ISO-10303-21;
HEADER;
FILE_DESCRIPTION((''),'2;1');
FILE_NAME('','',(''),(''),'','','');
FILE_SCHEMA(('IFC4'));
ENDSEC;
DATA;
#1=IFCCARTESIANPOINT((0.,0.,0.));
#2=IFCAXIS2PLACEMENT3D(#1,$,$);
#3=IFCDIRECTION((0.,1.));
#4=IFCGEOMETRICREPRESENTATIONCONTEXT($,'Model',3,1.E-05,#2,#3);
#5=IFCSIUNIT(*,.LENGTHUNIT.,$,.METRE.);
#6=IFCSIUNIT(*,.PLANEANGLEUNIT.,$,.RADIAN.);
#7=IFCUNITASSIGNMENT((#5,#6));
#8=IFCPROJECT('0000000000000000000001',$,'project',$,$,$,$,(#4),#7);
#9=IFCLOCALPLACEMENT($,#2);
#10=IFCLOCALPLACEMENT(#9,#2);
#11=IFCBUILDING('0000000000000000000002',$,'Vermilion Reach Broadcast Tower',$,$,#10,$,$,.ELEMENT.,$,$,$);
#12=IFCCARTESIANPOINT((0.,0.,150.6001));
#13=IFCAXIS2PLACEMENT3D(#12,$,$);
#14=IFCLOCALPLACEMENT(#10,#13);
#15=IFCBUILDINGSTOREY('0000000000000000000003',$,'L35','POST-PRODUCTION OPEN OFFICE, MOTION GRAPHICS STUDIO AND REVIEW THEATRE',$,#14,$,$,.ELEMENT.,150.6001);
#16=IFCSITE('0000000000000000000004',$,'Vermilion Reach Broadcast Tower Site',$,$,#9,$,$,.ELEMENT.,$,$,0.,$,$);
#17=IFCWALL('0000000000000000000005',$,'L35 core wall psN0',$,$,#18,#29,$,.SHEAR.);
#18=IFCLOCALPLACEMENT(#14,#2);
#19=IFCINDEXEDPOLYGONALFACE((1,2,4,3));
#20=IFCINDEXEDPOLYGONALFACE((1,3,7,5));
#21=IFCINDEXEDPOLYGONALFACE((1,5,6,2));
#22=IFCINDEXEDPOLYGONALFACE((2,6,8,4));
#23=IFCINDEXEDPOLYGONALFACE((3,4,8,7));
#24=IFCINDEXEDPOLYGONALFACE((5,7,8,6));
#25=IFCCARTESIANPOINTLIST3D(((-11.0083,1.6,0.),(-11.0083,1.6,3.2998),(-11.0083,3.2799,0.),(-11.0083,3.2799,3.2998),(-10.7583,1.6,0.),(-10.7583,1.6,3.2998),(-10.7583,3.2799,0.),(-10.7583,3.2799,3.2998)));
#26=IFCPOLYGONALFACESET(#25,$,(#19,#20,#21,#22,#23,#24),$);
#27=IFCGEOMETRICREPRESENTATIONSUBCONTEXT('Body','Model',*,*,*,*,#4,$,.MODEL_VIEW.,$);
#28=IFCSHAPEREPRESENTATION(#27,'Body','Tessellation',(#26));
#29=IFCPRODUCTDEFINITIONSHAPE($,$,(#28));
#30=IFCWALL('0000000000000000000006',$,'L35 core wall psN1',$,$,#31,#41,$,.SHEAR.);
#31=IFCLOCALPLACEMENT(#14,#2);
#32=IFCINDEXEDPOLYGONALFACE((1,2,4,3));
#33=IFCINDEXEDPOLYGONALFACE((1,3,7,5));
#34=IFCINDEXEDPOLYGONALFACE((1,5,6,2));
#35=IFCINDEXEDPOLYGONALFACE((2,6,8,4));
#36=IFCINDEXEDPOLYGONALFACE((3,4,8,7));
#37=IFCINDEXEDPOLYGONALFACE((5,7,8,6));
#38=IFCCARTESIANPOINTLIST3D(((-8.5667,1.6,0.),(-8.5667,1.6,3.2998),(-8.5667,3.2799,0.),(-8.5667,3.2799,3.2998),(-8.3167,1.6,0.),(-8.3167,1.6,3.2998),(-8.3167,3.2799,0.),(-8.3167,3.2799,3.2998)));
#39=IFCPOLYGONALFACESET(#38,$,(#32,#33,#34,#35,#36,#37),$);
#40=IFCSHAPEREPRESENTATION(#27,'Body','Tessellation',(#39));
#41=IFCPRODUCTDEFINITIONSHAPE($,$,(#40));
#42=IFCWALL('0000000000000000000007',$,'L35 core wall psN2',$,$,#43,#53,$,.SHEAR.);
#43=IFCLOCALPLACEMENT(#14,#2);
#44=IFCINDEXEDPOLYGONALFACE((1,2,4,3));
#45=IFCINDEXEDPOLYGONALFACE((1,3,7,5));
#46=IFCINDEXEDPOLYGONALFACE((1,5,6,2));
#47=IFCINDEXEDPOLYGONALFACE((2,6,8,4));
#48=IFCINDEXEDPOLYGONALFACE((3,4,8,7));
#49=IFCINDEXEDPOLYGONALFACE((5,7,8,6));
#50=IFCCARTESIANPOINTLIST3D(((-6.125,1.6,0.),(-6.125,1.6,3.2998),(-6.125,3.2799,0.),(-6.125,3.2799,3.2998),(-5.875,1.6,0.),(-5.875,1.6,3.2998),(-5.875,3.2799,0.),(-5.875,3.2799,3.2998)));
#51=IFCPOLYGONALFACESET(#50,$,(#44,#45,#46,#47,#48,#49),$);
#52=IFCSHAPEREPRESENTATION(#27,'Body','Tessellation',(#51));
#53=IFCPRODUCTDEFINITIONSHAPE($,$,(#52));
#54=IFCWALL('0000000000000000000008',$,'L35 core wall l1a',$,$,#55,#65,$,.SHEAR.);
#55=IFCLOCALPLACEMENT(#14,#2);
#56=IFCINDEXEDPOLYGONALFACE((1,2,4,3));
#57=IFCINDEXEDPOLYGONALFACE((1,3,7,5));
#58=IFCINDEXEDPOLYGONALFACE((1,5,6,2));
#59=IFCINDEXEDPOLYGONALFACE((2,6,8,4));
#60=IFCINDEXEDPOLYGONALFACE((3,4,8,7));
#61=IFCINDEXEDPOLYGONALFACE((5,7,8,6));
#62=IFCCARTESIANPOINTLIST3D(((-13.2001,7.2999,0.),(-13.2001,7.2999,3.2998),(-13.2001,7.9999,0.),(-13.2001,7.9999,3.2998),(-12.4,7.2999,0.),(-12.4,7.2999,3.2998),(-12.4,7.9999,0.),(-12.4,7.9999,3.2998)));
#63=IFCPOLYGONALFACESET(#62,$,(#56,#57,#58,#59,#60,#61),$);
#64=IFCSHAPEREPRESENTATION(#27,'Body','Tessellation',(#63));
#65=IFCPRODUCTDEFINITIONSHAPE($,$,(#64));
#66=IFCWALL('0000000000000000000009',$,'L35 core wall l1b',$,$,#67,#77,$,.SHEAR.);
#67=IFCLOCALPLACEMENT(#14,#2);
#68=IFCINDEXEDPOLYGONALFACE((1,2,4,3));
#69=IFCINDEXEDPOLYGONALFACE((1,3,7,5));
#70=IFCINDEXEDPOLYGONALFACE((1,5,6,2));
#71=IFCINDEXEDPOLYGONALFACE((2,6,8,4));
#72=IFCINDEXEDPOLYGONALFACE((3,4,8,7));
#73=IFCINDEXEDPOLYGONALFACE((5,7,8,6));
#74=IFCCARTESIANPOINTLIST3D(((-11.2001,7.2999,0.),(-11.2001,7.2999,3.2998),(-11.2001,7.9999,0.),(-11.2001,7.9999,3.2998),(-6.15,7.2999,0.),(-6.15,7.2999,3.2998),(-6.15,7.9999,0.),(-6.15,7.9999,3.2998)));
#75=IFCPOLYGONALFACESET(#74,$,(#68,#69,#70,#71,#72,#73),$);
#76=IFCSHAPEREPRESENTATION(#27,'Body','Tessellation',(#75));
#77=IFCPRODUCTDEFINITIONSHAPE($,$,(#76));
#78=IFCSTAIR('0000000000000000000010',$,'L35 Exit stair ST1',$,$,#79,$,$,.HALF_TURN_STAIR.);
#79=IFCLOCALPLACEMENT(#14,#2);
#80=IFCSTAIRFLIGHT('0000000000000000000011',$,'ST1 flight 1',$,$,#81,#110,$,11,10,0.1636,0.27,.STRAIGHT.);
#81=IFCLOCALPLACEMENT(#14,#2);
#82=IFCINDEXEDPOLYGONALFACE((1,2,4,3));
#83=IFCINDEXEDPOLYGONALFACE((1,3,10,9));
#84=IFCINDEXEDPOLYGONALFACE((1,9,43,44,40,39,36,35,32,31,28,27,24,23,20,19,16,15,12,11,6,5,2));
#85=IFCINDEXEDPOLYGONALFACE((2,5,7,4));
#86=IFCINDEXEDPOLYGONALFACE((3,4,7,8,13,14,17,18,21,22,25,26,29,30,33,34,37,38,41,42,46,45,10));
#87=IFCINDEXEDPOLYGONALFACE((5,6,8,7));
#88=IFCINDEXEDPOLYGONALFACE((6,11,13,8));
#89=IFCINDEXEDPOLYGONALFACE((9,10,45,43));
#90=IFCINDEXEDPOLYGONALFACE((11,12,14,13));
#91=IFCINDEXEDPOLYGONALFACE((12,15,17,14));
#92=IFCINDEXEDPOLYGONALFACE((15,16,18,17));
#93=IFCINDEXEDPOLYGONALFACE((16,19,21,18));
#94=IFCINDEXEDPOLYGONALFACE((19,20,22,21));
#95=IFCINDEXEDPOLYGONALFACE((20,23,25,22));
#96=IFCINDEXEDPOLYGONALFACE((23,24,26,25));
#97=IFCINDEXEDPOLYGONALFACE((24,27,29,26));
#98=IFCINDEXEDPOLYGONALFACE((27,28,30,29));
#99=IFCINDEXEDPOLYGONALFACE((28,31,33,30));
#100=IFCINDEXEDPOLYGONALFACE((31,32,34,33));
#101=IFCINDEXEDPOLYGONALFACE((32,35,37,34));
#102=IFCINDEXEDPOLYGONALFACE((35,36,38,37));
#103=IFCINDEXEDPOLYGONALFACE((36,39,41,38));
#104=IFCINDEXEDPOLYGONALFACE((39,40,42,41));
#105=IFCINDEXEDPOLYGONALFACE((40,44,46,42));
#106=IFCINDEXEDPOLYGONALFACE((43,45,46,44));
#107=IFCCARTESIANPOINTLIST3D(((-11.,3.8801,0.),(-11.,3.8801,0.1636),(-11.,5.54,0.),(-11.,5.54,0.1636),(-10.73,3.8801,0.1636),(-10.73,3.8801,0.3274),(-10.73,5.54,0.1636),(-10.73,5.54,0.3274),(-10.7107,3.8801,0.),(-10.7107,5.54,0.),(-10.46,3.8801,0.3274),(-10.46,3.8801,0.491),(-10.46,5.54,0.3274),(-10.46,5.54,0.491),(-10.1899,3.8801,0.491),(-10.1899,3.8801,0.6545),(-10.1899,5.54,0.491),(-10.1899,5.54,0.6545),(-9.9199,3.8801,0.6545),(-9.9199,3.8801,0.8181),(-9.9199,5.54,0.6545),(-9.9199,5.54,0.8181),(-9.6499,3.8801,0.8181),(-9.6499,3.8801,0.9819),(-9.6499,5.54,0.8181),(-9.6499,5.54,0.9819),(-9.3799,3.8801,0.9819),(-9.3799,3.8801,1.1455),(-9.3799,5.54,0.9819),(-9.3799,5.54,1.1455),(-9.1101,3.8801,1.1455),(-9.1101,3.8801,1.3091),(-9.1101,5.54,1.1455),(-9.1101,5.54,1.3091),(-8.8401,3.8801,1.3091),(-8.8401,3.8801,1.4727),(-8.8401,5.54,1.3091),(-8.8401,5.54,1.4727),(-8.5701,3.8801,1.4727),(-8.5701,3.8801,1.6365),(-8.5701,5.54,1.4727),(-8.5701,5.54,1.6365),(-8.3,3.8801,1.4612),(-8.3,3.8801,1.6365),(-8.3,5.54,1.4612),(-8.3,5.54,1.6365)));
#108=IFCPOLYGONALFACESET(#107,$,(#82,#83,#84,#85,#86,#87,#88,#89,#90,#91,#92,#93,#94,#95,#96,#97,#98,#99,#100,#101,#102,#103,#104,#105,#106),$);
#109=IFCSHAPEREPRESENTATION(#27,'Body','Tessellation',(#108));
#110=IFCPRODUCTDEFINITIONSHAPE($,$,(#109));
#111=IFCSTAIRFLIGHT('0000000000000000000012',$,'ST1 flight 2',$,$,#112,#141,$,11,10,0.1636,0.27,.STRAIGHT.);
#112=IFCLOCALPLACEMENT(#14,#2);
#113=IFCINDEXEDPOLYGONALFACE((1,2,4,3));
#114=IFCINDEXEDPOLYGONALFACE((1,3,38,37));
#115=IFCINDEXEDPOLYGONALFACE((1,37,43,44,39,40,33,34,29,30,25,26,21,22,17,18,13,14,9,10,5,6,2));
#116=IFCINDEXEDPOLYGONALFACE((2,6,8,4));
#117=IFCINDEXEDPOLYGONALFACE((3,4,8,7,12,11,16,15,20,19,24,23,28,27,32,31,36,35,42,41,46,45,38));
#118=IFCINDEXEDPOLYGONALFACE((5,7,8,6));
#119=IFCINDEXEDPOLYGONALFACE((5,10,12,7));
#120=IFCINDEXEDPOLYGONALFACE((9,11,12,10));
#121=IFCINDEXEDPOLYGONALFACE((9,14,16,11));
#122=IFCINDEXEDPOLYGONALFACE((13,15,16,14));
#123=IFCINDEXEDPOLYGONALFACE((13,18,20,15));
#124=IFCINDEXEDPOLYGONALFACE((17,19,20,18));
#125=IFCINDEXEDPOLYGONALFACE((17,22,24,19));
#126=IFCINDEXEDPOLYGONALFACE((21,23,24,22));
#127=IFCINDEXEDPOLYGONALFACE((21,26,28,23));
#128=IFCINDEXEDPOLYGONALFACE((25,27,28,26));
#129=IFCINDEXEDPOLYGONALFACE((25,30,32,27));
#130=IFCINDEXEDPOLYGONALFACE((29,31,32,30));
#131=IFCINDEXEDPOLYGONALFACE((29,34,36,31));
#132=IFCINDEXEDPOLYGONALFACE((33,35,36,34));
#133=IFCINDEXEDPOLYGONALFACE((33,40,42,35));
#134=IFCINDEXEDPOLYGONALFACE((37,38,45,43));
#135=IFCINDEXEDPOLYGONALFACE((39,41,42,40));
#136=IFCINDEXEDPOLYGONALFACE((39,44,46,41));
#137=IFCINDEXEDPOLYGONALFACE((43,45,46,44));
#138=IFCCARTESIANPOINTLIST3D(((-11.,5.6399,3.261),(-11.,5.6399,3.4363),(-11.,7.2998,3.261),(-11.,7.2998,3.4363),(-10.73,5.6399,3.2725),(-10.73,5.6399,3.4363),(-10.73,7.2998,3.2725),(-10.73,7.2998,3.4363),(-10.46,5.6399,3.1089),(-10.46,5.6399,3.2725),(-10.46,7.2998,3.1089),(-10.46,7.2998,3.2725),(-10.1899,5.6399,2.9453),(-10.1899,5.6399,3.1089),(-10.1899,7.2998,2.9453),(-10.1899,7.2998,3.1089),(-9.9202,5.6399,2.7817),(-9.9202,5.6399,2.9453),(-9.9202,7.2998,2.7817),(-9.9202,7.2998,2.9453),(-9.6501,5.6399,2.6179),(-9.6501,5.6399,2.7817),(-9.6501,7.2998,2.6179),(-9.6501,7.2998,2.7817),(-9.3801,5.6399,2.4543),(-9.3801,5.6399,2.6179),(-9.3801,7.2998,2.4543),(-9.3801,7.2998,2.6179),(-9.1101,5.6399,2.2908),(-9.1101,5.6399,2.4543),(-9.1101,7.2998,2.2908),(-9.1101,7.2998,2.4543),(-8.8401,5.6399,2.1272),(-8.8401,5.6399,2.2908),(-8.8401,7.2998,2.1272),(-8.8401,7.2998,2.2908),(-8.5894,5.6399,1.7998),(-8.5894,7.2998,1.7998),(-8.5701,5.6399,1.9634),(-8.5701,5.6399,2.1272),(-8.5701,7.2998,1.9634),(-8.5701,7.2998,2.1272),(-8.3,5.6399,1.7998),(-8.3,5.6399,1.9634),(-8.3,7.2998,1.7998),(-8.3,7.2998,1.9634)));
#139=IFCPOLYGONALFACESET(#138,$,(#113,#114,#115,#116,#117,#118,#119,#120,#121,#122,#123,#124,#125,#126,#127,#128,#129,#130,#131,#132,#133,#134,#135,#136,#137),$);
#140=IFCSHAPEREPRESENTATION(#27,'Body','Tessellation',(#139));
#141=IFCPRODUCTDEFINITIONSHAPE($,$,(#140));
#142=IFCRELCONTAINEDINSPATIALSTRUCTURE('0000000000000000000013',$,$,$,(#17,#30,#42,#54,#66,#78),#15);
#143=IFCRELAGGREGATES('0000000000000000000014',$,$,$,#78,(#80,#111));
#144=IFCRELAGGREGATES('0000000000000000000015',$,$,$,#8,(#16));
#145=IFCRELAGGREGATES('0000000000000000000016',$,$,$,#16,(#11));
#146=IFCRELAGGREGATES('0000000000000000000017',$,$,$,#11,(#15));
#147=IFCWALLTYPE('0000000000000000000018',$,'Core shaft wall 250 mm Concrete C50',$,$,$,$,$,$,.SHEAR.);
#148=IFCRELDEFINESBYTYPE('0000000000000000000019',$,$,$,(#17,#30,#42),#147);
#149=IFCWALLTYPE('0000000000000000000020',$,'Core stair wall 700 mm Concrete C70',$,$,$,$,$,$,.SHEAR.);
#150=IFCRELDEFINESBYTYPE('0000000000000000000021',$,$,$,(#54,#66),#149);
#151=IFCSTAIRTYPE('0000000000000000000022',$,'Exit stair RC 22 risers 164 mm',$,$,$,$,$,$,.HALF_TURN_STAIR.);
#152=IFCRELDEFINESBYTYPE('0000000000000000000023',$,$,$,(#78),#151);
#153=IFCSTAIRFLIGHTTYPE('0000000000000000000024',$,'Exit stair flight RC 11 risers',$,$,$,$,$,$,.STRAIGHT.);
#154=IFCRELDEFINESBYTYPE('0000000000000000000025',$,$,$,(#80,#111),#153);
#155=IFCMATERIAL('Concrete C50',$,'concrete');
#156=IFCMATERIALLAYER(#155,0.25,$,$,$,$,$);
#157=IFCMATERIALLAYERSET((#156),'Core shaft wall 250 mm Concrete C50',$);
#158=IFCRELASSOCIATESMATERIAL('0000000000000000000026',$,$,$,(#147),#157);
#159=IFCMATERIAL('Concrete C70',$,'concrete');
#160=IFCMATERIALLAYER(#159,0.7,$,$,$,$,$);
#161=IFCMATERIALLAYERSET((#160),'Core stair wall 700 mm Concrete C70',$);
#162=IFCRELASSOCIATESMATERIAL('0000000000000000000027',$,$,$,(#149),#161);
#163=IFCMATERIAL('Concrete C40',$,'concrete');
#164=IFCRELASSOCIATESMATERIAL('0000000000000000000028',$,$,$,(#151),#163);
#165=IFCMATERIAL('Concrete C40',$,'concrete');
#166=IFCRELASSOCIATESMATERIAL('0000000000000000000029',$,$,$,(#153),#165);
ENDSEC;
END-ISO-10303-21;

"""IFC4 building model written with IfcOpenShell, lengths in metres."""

from ifc_helpers import new_model, si_unit, direction, frame, frame_2d, origin, place, context, subcontext, project, spatial, polyline, rectangle, outline, extrude, material, layer, layer_set, type_object, element, aggregate, save


model = new_model("IFC4")

# Units and contexts
model_context = context("Model", 3, precision=1e-05, world=origin(), true_north=direction((0.0, 1.0)))
body_context = subcontext(model_context, "Body", "Model", "MODEL_VIEW")
ifc_project = project(units=[si_unit("LENGTHUNIT", "METRE"), si_unit("PLANEANGLEUNIT", "RADIAN")], contexts=[model_context])

# Site, building, storey
site_placement = place(None, origin())
site = spatial("IfcSite", under=ifc_project, at=site_placement, Name="Vermilion Reach Broadcast Tower Site", CompositionType="ELEMENT", RefElevation=0.0)
building_placement = place(site_placement, origin())
building = spatial("IfcBuilding", under=site, at=building_placement, Name="Vermilion Reach Broadcast Tower", CompositionType="ELEMENT")
storey_placement = place(building_placement, frame((0.0, 0.0, 150.6001)))
storey = spatial("IfcBuildingStorey", under=building, at=storey_placement, Name="L35", Description="POST-PRODUCTION OPEN OFFICE, MOTION GRAPHICS STUDIO AND REVIEW THEATRE", CompositionType="ELEMENT", Elevation=150.6001)

# Walls
ifc_material_1 = material(Name="Concrete C50", Category="concrete")
ifc_layer_1 = layer(ifc_material_1, 0.25)
ifc_layer_set_1 = layer_set([ifc_layer_1], Name="Core shaft wall 250 mm Concrete C50")
wall_type_1 = type_object("IfcWallType", Name="Core shaft wall 250 mm Concrete C50", PredefinedType="SHEAR", material=ifc_layer_set_1)
for number, where, z_axis, x_axis, name in (
    (1, (-10.8833, 1.6001, 0.0), (0.0, 0.0, 1.0), (0.0, 1.0, 0.0), "L35 core wall psN0"),
    (2, (-8.4417, 1.6001, 0.0), (0.0, 0.0, 1.0), (0.0, 1.0, 0.0), "L35 core wall psN1"),
    (3, (-6.0, 1.6001, 0.0), (0.0, 0.0, 1.0), (0.0, 1.0, 0.0), "L35 core wall psN2"),
):
    element("IfcWall", number, at=place(storey_placement, frame(where, z_axis=z_axis, x_axis=x_axis)), inside=storey, type_object=wall_type_1, Name=name, PredefinedType="SHEAR", context=body_context, shape_type="SweptSolid", body=[
        extrude(rectangle(XDim=1.6799, YDim=0.25, at=frame_2d((0.8398, 0.0))), origin(), (0.0, 0.0, 1.0), 3.2998),
    ])
ifc_material_2 = material(Name="Concrete C70", Category="concrete")
ifc_layer_2 = layer(ifc_material_2, 0.7)
ifc_layer_set_2 = layer_set([ifc_layer_2], Name="Core stair wall 700 mm Concrete C70")
wall_type_2 = type_object("IfcWallType", Name="Core stair wall 700 mm Concrete C70", PredefinedType="SHEAR", material=ifc_layer_set_2)
wall_1_placement = place(storey_placement, frame((-13.2, 7.6499, 0.0), z_axis=(0.0, 0.0, 1.0), x_axis=(1.0, 0.0, 0.0)))
element("IfcWall", 4, at=wall_1_placement, inside=storey, type_object=wall_type_2, Name="L35 core wall l1a", PredefinedType="SHEAR", context=body_context, shape_type="SweptSolid", body=[
    extrude(rectangle(XDim=0.8, YDim=0.7, at=frame_2d((0.3999, 0.0))), origin(), (0.0, 0.0, 1.0), 3.2998),
])
wall_2_placement = place(storey_placement, frame((-11.2, 7.6499, 0.0), z_axis=(0.0, 0.0, 1.0), x_axis=(1.0, 0.0, 0.0)))
element("IfcWall", 5, at=wall_2_placement, inside=storey, type_object=wall_type_2, Name="L35 core wall l1b", PredefinedType="SHEAR", context=body_context, shape_type="SweptSolid", body=[
    extrude(rectangle(XDim=5.05, YDim=0.7, at=frame_2d((2.5249, 0.0))), origin(), (0.0, 0.0, 1.0), 3.2998),
])

# Stair, stair flights
ifc_material_3 = material(Name="Concrete C40", Category="concrete")
stair_type = type_object("IfcStairType", Name="Exit stair RC 22 risers 164 mm", PredefinedType="HALF_TURN_STAIR", material=ifc_material_3)
stair_placement = place(storey_placement, origin())
stair = element("IfcStair", 6, at=stair_placement, inside=storey, type_object=stair_type, Name="L35 Exit stair ST1", PredefinedType="HALF_TURN_STAIR")
ifc_material_4 = material(Name="Concrete C40", Category="concrete")
stair_flight_type = type_object("IfcStairFlightType", Name="Exit stair flight RC 11 risers", PredefinedType="STRAIGHT", material=ifc_material_4)
stair_flight_1_placement = place(storey_placement, frame((-11.0, 4.71, 0.0), z_axis=(0.0, 0.0, 1.0), x_axis=(1.0, 0.0, 0.0)))
stair_flight_1 = element("IfcStairFlight", 7, at=stair_flight_1_placement, type_object=stair_flight_type, Name="ST1 flight 1", NumberOfRisers=11, NumberOfTreads=10, PredefinedType="STRAIGHT", RiserHeight=0.1636, TreadLength=0.27, context=body_context, shape_type="SweptSolid", body=[
    extrude(outline(polyline([(0.0, 0.0), (0.0, 0.1636), (0.27, 0.1636), (0.27, 0.3274), (0.54, 0.3274), (0.54, 0.491), (0.8101, 0.491), (0.8101, 0.6545), (1.0801, 0.6545), (1.0801, 0.8181), (1.3501, 0.8181), (1.3501, 0.9819), (1.6201, 0.9819), (1.6201, 1.1455), (1.8899, 1.1455), (1.8899, 1.3091), (2.1599, 1.3091), (2.1599, 1.4727), (2.4299, 1.4727), (2.4299, 1.6365), (2.7, 1.6365), (2.7, 1.8), (2.7, 1.4612), (0.2893, 0.0), (0.0, 0.0)])), frame((0.0, 0.8301, 0.0), z_axis=(0.0, -1.0, 0.0), x_axis=(1.0, 0.0, 0.0)), (0.0, 0.0, 1.0), 1.6599),
])
stair_flight_2_placement = place(storey_placement, frame((-8.3, 6.47, 1.7998), z_axis=(0.0, 0.0, 1.0), x_axis=(-1.0, 0.0, 0.0)))
stair_flight_2 = element("IfcStairFlight", 8, at=stair_flight_2_placement, type_object=stair_flight_type, Name="ST1 flight 2", NumberOfRisers=11, NumberOfTreads=10, PredefinedType="STRAIGHT", RiserHeight=0.1636, TreadLength=0.27, context=body_context, shape_type="SweptSolid", body=[
    extrude(outline(polyline([(0.0, 0.0), (0.0, 0.1636), (0.27, 0.1636), (0.27, 0.3274), (0.54, 0.3274), (0.54, 0.491), (0.8101, 0.491), (0.8101, 0.6545), (1.0801, 0.6545), (1.0801, 0.8181), (1.3501, 0.8181), (1.3501, 0.9819), (1.6201, 0.9819), (1.6201, 1.1455), (1.8899, 1.1455), (1.8899, 1.3091), (2.1599, 1.3091), (2.1599, 1.4727), (2.4299, 1.4727), (2.4299, 1.6365), (2.7, 1.6365), (2.7, 1.8), (2.7, 1.4612), (0.2893, 0.0), (0.0, 0.0)])), frame((0.0, 0.8301, 0.0), z_axis=(0.0, -1.0, 0.0), x_axis=(1.0, 0.0, 0.0)), (0.0, 0.0, 1.0), 1.6599),
])
aggregate(stair, [stair_flight_1, stair_flight_2])

save(model, "model.ifc")
